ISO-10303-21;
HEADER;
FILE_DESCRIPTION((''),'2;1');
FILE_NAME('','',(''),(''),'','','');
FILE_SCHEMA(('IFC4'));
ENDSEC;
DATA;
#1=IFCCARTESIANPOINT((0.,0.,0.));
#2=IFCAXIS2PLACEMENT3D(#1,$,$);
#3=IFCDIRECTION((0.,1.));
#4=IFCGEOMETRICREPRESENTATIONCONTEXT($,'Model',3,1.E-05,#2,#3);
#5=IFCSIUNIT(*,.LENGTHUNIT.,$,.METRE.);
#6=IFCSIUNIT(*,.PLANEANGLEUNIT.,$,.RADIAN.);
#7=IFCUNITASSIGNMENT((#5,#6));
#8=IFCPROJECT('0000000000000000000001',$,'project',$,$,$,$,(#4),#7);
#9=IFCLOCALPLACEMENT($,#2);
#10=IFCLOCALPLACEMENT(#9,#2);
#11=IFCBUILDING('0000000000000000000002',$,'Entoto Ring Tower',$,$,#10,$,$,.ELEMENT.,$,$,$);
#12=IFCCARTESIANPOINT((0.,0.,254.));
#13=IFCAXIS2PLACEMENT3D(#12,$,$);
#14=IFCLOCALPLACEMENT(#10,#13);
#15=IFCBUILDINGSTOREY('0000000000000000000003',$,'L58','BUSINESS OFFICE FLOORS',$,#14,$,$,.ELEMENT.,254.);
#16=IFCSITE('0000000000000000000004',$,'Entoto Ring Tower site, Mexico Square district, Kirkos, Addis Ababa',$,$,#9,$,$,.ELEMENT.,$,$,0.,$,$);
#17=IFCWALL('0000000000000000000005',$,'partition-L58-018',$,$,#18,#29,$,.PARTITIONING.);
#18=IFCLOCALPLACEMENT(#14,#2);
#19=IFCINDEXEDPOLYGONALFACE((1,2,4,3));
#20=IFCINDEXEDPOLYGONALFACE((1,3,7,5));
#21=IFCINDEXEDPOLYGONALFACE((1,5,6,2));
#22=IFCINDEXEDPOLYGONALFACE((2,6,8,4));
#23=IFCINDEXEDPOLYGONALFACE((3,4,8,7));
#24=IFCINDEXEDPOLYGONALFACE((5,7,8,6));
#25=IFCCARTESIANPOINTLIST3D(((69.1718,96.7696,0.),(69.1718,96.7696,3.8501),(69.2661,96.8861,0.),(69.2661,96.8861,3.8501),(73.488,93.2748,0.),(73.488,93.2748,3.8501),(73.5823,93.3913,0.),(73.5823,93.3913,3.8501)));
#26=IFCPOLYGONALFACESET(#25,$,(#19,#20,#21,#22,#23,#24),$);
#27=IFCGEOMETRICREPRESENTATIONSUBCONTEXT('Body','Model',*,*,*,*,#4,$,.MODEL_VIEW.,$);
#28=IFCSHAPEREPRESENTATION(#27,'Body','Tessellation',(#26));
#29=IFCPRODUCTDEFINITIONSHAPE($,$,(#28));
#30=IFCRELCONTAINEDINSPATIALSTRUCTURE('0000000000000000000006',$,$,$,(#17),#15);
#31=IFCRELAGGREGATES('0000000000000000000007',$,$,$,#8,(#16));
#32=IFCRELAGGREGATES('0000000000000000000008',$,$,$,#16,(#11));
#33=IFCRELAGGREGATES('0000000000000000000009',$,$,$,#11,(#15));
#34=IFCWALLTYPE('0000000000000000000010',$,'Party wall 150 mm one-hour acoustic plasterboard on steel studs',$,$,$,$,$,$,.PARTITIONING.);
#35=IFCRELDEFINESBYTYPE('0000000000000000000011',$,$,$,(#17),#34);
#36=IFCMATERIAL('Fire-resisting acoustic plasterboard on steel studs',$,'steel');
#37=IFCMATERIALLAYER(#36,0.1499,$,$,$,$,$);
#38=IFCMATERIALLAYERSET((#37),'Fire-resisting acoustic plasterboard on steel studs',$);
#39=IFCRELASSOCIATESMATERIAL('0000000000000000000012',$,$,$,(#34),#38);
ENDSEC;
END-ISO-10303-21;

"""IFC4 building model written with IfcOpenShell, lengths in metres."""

from ifc_helpers import new_model, si_unit, direction, frame, frame_2d, origin, place, context, subcontext, project, spatial, rectangle, extrude, material, layer, layer_set, type_object, element, save


model = new_model("IFC4")

# Units and contexts
model_context = context("Model", 3, precision=1e-05, world=origin(), true_north=direction((0.0, 1.0)))
body_context = subcontext(model_context, "Body", "Model", "MODEL_VIEW")
ifc_project = project(units=[si_unit("LENGTHUNIT", "METRE"), si_unit("PLANEANGLEUNIT", "RADIAN")], contexts=[model_context])

# Site, building, storey
site_placement = place(None, origin())
site = spatial("IfcSite", under=ifc_project, at=site_placement, Name="Entoto Ring Tower site, Mexico Square district, Kirkos, Addis Ababa", CompositionType="ELEMENT", RefElevation=0.0)
building_placement = place(site_placement, origin())
building = spatial("IfcBuilding", under=site, at=building_placement, Name="Entoto Ring Tower", CompositionType="ELEMENT")
storey_placement = place(building_placement, frame((0.0, 0.0, 254.0)))
storey = spatial("IfcBuildingStorey", under=building, at=storey_placement, Name="L58", Description="BUSINESS OFFICE FLOORS", CompositionType="ELEMENT", Elevation=254.0)

# Wall
ifc_material_1 = material(Name="Fire-resisting acoustic plasterboard on steel studs", Category="steel")
ifc_layer_1 = layer(ifc_material_1, 0.1499)
ifc_layer_set_1 = layer_set([ifc_layer_1], Name="Fire-resisting acoustic plasterboard on steel studs")
wall_type_1 = type_object("IfcWallType", Name="Party wall 150 mm one-hour acoustic plasterboard on steel studs", PredefinedType="PARTITIONING", material=ifc_layer_set_1)
wall_1_placement = place(storey_placement, frame((73.5352, 93.333, 0.0), z_axis=(0.0, 0.0, 1.0), x_axis=(-0.777171, 0.629289, 0.0)))
element("IfcWall", 1, at=wall_1_placement, inside=storey, type_object=wall_type_1, Name="partition-L58-018", PredefinedType="PARTITIONING", context=body_context, shape_type="SweptSolid", body=[
    extrude(rectangle(XDim=5.5537, YDim=0.1499, at=frame_2d((2.7769, 0.0))), origin(), (0.0, 0.0, 1.0), 3.8501),
])

save(model, "model.ifc")
